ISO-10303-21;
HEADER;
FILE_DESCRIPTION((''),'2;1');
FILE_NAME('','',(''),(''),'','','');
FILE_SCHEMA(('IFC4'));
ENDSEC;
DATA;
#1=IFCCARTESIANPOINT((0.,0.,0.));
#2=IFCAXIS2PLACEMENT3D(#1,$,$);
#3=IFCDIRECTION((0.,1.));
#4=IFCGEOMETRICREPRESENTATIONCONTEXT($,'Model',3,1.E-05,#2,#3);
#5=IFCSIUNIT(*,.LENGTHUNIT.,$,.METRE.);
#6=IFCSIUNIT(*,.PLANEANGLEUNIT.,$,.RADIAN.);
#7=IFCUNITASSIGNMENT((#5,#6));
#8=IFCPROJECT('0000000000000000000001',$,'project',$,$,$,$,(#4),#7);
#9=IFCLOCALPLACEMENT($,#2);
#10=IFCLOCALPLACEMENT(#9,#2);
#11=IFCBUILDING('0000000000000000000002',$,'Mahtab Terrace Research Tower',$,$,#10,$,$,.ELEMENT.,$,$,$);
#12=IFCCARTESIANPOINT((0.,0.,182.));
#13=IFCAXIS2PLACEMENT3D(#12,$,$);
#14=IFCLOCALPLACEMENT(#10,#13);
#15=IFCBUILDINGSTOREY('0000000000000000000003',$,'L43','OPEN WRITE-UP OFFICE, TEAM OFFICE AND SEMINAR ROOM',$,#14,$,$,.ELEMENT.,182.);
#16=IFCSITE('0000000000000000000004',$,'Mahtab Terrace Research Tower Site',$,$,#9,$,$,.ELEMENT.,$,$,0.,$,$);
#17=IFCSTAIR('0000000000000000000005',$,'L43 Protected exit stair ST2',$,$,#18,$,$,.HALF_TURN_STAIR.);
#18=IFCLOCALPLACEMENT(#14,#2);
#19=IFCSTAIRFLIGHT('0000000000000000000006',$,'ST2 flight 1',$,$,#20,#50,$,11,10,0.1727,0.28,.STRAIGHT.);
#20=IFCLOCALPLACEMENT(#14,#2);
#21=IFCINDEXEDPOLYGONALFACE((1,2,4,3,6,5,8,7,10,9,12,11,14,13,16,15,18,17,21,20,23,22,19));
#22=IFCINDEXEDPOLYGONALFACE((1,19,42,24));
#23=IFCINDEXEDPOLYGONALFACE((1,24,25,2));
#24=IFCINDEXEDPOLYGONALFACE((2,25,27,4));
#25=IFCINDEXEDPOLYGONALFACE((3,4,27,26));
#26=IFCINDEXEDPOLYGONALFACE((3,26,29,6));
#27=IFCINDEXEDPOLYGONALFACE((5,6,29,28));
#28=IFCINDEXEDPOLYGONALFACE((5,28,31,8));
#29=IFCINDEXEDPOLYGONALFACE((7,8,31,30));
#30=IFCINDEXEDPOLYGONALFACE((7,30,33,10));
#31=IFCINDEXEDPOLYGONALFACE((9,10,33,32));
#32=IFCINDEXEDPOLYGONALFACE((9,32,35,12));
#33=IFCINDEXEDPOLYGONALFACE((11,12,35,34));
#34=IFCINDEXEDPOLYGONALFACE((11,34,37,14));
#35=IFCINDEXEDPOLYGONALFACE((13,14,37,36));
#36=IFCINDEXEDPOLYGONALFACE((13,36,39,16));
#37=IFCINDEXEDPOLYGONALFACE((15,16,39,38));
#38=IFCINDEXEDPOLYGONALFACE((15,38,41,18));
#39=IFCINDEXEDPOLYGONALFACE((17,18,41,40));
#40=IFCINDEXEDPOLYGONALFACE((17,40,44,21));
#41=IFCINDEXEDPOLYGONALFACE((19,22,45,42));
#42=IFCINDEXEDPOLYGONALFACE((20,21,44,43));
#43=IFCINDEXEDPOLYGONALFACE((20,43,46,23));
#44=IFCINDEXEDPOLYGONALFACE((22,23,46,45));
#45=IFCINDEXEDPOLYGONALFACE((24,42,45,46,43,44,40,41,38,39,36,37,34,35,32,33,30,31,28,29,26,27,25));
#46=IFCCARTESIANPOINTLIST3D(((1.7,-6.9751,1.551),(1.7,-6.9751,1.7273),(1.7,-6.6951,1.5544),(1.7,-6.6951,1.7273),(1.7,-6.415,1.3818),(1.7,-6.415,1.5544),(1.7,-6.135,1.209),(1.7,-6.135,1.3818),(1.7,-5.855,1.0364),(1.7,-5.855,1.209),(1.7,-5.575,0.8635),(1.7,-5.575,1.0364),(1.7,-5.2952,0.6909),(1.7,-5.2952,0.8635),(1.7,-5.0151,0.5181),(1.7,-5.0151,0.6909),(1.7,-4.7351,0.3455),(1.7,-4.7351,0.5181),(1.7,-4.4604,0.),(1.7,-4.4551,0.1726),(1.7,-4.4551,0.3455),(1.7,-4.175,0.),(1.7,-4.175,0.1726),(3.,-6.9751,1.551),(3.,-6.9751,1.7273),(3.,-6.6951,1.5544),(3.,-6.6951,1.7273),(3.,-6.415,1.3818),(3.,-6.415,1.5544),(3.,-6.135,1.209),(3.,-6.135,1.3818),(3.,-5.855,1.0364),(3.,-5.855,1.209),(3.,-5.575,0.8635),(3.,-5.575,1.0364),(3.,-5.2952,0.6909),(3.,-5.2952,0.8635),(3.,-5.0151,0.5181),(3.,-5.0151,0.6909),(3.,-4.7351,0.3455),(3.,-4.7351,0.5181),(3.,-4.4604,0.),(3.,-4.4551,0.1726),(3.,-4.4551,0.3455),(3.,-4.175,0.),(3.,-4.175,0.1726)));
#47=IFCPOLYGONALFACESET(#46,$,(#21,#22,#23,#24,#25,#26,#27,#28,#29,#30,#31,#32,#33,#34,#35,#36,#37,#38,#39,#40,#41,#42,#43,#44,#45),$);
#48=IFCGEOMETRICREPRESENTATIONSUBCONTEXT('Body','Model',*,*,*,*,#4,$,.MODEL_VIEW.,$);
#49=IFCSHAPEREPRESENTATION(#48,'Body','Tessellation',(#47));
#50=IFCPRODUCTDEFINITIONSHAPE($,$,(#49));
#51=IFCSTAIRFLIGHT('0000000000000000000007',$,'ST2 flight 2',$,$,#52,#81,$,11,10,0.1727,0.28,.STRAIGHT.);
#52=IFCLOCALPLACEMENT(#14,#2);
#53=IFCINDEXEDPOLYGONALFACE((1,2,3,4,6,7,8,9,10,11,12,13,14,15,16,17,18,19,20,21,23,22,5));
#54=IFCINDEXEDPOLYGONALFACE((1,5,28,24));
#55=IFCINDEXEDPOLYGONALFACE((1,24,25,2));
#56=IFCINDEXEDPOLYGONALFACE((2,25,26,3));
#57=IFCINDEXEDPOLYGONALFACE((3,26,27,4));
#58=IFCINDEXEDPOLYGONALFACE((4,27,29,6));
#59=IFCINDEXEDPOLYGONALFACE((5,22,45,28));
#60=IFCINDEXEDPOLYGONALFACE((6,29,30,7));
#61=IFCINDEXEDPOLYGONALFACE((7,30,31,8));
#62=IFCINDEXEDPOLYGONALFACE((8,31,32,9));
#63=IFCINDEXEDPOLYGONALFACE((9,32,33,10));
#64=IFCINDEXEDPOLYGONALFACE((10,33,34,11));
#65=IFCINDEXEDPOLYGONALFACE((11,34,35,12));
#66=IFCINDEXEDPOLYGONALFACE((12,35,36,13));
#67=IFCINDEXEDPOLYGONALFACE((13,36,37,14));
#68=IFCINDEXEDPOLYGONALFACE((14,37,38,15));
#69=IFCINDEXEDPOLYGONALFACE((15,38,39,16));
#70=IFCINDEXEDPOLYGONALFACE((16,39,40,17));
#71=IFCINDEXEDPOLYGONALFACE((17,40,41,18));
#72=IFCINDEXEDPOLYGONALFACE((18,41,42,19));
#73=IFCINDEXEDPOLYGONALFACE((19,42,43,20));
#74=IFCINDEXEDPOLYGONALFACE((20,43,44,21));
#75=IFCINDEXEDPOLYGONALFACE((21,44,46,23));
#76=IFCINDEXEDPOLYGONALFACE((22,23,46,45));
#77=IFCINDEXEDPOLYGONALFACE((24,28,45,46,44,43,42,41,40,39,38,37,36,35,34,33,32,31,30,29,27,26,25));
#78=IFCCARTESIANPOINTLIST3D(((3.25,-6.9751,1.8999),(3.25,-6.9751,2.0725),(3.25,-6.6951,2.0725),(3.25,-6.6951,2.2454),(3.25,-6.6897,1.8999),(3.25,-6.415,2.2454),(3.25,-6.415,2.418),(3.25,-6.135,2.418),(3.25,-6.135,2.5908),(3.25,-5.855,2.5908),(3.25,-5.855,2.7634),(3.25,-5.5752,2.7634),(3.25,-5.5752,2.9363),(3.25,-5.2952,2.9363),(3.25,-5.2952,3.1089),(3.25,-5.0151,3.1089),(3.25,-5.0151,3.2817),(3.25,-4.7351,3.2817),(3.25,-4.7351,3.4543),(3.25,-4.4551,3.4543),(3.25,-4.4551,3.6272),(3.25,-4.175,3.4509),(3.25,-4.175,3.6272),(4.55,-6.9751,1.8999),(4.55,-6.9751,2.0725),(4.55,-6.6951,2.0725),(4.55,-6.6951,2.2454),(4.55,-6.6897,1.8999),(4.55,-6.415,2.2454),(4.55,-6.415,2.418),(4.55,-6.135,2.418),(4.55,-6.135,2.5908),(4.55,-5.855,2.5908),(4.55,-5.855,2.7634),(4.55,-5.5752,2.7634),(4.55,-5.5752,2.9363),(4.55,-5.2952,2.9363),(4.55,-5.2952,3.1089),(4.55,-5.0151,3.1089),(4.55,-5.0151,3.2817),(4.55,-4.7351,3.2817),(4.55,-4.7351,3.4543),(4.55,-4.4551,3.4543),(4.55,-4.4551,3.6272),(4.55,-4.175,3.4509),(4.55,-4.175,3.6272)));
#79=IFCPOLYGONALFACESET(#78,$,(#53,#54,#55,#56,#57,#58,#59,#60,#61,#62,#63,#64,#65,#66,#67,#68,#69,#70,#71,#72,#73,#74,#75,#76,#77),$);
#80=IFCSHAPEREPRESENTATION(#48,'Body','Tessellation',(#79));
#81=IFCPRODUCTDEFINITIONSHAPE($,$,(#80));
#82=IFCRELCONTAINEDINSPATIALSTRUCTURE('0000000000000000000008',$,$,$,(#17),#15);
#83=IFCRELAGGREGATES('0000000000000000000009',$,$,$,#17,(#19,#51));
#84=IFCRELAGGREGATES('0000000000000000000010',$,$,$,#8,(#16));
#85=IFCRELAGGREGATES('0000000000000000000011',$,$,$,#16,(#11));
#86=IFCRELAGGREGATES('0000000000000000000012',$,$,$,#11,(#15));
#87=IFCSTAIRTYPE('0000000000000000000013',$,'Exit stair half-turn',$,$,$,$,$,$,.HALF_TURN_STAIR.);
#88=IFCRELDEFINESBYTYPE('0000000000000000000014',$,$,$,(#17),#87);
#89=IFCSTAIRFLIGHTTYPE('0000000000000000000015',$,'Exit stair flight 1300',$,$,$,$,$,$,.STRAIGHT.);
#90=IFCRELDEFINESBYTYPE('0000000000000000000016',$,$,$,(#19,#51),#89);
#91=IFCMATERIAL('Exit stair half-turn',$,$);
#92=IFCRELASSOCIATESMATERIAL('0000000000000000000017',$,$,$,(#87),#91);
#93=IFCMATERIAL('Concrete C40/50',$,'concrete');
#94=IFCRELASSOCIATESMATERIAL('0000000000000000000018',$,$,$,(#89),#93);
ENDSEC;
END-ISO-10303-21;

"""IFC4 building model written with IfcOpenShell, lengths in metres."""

from ifc_helpers import new_model, si_unit, direction, frame, origin, place, context, subcontext, project, spatial, polyline, outline, extrude, material, type_object, element, aggregate, save


model = new_model("IFC4")

# Units and contexts
model_context = context("Model", 3, precision=1e-05, world=origin(), true_north=direction((0.0, 1.0)))
body_context = subcontext(model_context, "Body", "Model", "MODEL_VIEW")
ifc_project = project(units=[si_unit("LENGTHUNIT", "METRE"), si_unit("PLANEANGLEUNIT", "RADIAN")], contexts=[model_context])

# Site, building, storey
site_placement = place(None, origin())
site = spatial("IfcSite", under=ifc_project, at=site_placement, Name="Mahtab Terrace Research Tower Site", CompositionType="ELEMENT", RefElevation=0.0)
building_placement = place(site_placement, origin())
building = spatial("IfcBuilding", under=site, at=building_placement, Name="Mahtab Terrace Research Tower", CompositionType="ELEMENT")
storey_placement = place(building_placement, frame((0.0, 0.0, 182.0)))
storey = spatial("IfcBuildingStorey", under=building, at=storey_placement, Name="L43", Description="OPEN WRITE-UP OFFICE, TEAM OFFICE AND SEMINAR ROOM", CompositionType="ELEMENT", Elevation=182.0)

# Stair, stair flights
ifc_material_1 = material(Name="Exit stair half-turn")
stair_type = type_object("IfcStairType", Name="Exit stair half-turn", PredefinedType="HALF_TURN_STAIR", material=ifc_material_1)
stair_placement = place(storey_placement, origin())
stair = element("IfcStair", 1, at=stair_placement, inside=storey, type_object=stair_type, Name="L43 Protected exit stair ST2", PredefinedType="HALF_TURN_STAIR")
ifc_material_2 = material(Name="Concrete C40/50", Category="concrete")
stair_flight_type = type_object("IfcStairFlightType", Name="Exit stair flight 1300", PredefinedType="STRAIGHT", material=ifc_material_2)
stair_flight_1_placement = place(storey_placement, frame((2.3501, -4.175, 0.0), z_axis=(0.0, 0.0, 1.0), x_axis=(0.0, -1.0, 0.0)))
stair_flight_1 = element("IfcStairFlight", 2, at=stair_flight_1_placement, type_object=stair_flight_type, Name="ST2 flight 1", NumberOfRisers=11, NumberOfTreads=10, PredefinedType="STRAIGHT", RiserHeight=0.1727, TreadLength=0.28, context=body_context, shape_type="SweptSolid", body=[
    extrude(outline(polyline([(0.0, 0.0), (0.0, 0.1726), (0.28, 0.1726), (0.28, 0.3455), (0.5601, 0.3455), (0.5601, 0.5181), (0.8401, 0.5181), (0.8401, 0.6909), (1.1201, 0.6909), (1.1201, 0.8635), (1.3999, 0.8635), (1.3999, 1.0364), (1.6799, 1.0364), (1.6799, 1.209), (1.96, 1.209), (1.96, 1.3818), (2.24, 1.3818), (2.24, 1.5544), (2.52, 1.5544), (2.52, 1.7273), (2.8, 1.7273), (2.8, 1.8999), (2.8, 1.551), (0.2854, 0.0), (0.0, 0.0)])), frame((0.0, 0.6499, 0.0), z_axis=(0.0, -1.0, 0.0), x_axis=(1.0, 0.0, 0.0)), (0.0, 0.0, 1.0), 1.3),
])
stair_flight_2_placement = place(storey_placement, frame((3.8999, -6.9751, 1.8999), z_axis=(0.0, 0.0, 1.0), x_axis=(0.0, 1.0, 0.0)))
stair_flight_2 = element("IfcStairFlight", 3, at=stair_flight_2_placement, type_object=stair_flight_type, Name="ST2 flight 2", NumberOfRisers=11, NumberOfTreads=10, PredefinedType="STRAIGHT", RiserHeight=0.1727, TreadLength=0.28, context=body_context, shape_type="SweptSolid", body=[
    extrude(outline(polyline([(0.0, 0.0), (0.0, 0.1726), (0.28, 0.1726), (0.28, 0.3455), (0.5601, 0.3455), (0.5601, 0.5181), (0.8401, 0.5181), (0.8401, 0.6909), (1.1201, 0.6909), (1.1201, 0.8635), (1.3999, 0.8635), (1.3999, 1.0364), (1.6799, 1.0364), (1.6799, 1.209), (1.96, 1.209), (1.96, 1.3818), (2.24, 1.3818), (2.24, 1.5544), (2.52, 1.5544), (2.52, 1.7273), (2.8, 1.7273), (2.8, 1.8999), (2.8, 1.551), (0.2854, 0.0), (0.0, 0.0)])), frame((0.0, 0.6499, 0.0), z_axis=(0.0, -1.0, 0.0), x_axis=(1.0, 0.0, 0.0)), (0.0, 0.0, 1.0), 1.3),
])
aggregate(stair, [stair_flight_1, stair_flight_2])

save(model, "model.ifc")
